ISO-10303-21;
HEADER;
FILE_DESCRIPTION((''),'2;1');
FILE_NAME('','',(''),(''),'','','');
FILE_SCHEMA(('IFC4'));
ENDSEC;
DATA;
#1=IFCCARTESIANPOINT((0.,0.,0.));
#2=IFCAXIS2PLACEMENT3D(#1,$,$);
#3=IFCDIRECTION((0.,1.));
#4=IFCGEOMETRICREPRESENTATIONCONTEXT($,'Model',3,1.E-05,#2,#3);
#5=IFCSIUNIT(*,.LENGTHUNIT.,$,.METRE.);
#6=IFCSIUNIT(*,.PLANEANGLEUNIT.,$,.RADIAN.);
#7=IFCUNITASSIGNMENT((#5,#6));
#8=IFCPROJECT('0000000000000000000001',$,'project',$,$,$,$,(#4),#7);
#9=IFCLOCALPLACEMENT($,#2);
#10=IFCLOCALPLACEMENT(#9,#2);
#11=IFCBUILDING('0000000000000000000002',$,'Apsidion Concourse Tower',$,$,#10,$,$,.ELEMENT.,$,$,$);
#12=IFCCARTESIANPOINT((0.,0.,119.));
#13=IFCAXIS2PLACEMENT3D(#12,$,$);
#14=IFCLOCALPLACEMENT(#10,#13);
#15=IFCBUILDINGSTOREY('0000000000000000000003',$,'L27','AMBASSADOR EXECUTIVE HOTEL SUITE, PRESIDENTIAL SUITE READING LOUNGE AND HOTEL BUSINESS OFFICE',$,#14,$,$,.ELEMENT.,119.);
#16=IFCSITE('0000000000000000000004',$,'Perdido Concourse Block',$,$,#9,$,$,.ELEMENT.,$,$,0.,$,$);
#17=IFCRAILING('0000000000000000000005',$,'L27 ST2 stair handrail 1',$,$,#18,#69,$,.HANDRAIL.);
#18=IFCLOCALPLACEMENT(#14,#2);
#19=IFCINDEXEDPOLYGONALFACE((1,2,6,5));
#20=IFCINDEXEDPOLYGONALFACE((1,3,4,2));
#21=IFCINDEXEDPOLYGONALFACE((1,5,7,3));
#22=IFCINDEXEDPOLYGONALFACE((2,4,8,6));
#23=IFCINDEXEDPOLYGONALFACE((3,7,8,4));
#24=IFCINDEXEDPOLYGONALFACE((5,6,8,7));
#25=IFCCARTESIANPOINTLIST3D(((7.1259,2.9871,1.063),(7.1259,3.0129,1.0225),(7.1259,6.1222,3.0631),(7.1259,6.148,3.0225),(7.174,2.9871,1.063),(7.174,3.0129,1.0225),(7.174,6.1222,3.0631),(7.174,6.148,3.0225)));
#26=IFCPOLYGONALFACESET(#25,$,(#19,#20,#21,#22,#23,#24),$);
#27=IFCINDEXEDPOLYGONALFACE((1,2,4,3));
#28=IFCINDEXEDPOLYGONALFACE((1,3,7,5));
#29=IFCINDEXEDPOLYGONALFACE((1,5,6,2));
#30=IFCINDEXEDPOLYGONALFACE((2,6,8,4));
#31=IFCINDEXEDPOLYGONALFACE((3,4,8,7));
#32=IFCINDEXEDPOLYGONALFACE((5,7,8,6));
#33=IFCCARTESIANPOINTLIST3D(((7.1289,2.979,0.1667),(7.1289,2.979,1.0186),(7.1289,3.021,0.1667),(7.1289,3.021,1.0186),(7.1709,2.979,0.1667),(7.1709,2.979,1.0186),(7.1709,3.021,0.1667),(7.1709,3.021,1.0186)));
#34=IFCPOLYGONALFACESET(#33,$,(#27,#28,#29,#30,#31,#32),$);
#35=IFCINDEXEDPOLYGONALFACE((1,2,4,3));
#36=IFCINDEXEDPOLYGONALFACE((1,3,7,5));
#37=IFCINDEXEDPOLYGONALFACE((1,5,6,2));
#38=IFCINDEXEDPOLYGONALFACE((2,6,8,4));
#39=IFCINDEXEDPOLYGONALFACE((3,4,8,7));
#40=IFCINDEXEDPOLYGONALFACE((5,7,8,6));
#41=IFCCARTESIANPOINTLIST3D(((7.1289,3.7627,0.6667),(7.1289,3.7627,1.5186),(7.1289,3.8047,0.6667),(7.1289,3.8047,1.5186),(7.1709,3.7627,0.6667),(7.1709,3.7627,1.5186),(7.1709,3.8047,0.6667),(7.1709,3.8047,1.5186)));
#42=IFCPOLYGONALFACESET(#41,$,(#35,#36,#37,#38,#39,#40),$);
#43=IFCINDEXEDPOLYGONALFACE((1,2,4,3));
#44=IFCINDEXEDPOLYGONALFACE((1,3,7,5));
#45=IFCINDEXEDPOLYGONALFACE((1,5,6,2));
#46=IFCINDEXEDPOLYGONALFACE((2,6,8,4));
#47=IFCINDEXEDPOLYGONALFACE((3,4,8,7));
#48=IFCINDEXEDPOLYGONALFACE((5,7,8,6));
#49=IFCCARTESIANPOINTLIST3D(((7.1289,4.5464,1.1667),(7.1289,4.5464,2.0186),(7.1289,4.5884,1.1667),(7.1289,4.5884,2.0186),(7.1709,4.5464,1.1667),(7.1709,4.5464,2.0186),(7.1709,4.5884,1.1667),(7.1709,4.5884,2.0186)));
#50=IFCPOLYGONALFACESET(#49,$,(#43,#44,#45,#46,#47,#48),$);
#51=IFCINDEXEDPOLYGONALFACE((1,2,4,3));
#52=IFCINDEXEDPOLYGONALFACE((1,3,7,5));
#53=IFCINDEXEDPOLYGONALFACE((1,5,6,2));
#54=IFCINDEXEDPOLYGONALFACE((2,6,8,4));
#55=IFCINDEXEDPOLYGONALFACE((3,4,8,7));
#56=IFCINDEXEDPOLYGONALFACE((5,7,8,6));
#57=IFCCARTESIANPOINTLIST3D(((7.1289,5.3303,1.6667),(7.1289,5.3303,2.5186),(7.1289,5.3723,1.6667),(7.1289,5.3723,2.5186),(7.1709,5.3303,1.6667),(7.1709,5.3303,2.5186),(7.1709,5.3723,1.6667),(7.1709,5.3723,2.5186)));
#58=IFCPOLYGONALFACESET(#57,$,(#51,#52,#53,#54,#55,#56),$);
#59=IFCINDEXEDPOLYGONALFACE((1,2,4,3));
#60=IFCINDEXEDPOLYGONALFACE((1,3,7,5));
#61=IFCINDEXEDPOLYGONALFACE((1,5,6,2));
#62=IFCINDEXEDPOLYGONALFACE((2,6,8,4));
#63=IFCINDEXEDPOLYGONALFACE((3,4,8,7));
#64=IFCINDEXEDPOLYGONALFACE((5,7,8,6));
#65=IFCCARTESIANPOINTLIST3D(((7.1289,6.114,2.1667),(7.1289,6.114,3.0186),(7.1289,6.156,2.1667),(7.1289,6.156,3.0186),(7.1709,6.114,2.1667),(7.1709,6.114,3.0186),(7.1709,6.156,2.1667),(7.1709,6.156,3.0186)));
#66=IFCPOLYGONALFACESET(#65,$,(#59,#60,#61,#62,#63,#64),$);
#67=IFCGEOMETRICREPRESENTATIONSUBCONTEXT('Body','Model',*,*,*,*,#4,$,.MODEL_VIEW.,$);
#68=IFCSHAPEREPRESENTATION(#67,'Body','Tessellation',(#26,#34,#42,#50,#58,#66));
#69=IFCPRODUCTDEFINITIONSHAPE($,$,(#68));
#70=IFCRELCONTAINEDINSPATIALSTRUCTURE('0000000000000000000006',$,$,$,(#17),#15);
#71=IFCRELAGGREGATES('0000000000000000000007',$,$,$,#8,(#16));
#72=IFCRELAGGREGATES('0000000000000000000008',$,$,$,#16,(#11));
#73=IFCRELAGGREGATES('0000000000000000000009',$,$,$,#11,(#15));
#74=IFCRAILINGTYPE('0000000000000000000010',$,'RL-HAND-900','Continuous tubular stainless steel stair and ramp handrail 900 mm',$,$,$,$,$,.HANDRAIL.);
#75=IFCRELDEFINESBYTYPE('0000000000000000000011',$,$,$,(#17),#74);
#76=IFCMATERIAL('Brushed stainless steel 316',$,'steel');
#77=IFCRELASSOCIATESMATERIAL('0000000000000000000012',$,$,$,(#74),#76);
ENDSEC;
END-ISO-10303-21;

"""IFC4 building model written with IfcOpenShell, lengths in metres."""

from ifc_helpers import new_model, si_unit, direction, frame, origin, origin_2d, place, context, subcontext, project, spatial, rectangle, extrude, material, type_object, element, save


model = new_model("IFC4")

# Units and contexts
model_context = context("Model", 3, precision=1e-05, world=origin(), true_north=direction((0.0, 1.0)))
body_context = subcontext(model_context, "Body", "Model", "MODEL_VIEW")
ifc_project = project(units=[si_unit("LENGTHUNIT", "METRE"), si_unit("PLANEANGLEUNIT", "RADIAN")], contexts=[model_context])

# Site, building, storey
site_placement = place(None, origin())
site = spatial("IfcSite", under=ifc_project, at=site_placement, Name="Perdido Concourse Block", CompositionType="ELEMENT", RefElevation=0.0)
building_placement = place(site_placement, origin())
building = spatial("IfcBuilding", under=site, at=building_placement, Name="Apsidion Concourse Tower", CompositionType="ELEMENT")
storey_placement = place(building_placement, frame((0.0, 0.0, 119.0)))
storey = spatial("IfcBuildingStorey", under=building, at=storey_placement, Name="L27", Description="AMBASSADOR EXECUTIVE HOTEL SUITE, PRESIDENTIAL SUITE READING LOUNGE AND HOTEL BUSINESS OFFICE", CompositionType="ELEMENT", Elevation=119.0)

# Shared definitions
ifc_material_1 = material(Name="Brushed stainless steel 316", Category="steel")

# Railing
railing_type = type_object("IfcRailingType", Name="RL-HAND-900", Description="Continuous tubular stainless steel stair and ramp handrail 900 mm", PredefinedType="HANDRAIL", material=ifc_material_1)
railing_placement = place(storey_placement, frame((7.1499, 3.0, 0.1667)))
element("IfcRailing", 1, at=railing_placement, inside=storey, type_object=railing_type, Name="L27 ST2 stair handrail 1", PredefinedType="HANDRAIL", context=body_context, shape_type="SweptSolid", body=[
    extrude(rectangle(XDim=0.0481, YDim=0.0481, at=origin_2d()), frame((0.0, 0.0, 0.876), z_axis=(0.0, 0.843053, 0.537831), x_axis=(-1.0, 0.0, 0.0)), (0.0, 0.0, 1.0), 3.7188),
    extrude(rectangle(XDim=0.042, YDim=0.042, at=origin_2d()), origin(), (0.0, 0.0, 1.0), 0.8518),
    extrude(rectangle(XDim=0.042, YDim=0.042, at=origin_2d()), frame((0.0, 0.7837, 0.5)), (0.0, 0.0, 1.0), 0.8518),
    extrude(rectangle(XDim=0.042, YDim=0.042, at=origin_2d()), frame((0.0, 1.5674, 1.0)), (0.0, 0.0, 1.0), 0.8518),
    extrude(rectangle(XDim=0.042, YDim=0.042, at=origin_2d()), frame((0.0, 2.3513, 1.5)), (0.0, 0.0, 1.0), 0.8518),
    extrude(rectangle(XDim=0.042, YDim=0.042, at=origin_2d()), frame((0.0, 3.135, 2.0)), (0.0, 0.0, 1.0), 0.8518),
])

save(model, "model.ifc")
